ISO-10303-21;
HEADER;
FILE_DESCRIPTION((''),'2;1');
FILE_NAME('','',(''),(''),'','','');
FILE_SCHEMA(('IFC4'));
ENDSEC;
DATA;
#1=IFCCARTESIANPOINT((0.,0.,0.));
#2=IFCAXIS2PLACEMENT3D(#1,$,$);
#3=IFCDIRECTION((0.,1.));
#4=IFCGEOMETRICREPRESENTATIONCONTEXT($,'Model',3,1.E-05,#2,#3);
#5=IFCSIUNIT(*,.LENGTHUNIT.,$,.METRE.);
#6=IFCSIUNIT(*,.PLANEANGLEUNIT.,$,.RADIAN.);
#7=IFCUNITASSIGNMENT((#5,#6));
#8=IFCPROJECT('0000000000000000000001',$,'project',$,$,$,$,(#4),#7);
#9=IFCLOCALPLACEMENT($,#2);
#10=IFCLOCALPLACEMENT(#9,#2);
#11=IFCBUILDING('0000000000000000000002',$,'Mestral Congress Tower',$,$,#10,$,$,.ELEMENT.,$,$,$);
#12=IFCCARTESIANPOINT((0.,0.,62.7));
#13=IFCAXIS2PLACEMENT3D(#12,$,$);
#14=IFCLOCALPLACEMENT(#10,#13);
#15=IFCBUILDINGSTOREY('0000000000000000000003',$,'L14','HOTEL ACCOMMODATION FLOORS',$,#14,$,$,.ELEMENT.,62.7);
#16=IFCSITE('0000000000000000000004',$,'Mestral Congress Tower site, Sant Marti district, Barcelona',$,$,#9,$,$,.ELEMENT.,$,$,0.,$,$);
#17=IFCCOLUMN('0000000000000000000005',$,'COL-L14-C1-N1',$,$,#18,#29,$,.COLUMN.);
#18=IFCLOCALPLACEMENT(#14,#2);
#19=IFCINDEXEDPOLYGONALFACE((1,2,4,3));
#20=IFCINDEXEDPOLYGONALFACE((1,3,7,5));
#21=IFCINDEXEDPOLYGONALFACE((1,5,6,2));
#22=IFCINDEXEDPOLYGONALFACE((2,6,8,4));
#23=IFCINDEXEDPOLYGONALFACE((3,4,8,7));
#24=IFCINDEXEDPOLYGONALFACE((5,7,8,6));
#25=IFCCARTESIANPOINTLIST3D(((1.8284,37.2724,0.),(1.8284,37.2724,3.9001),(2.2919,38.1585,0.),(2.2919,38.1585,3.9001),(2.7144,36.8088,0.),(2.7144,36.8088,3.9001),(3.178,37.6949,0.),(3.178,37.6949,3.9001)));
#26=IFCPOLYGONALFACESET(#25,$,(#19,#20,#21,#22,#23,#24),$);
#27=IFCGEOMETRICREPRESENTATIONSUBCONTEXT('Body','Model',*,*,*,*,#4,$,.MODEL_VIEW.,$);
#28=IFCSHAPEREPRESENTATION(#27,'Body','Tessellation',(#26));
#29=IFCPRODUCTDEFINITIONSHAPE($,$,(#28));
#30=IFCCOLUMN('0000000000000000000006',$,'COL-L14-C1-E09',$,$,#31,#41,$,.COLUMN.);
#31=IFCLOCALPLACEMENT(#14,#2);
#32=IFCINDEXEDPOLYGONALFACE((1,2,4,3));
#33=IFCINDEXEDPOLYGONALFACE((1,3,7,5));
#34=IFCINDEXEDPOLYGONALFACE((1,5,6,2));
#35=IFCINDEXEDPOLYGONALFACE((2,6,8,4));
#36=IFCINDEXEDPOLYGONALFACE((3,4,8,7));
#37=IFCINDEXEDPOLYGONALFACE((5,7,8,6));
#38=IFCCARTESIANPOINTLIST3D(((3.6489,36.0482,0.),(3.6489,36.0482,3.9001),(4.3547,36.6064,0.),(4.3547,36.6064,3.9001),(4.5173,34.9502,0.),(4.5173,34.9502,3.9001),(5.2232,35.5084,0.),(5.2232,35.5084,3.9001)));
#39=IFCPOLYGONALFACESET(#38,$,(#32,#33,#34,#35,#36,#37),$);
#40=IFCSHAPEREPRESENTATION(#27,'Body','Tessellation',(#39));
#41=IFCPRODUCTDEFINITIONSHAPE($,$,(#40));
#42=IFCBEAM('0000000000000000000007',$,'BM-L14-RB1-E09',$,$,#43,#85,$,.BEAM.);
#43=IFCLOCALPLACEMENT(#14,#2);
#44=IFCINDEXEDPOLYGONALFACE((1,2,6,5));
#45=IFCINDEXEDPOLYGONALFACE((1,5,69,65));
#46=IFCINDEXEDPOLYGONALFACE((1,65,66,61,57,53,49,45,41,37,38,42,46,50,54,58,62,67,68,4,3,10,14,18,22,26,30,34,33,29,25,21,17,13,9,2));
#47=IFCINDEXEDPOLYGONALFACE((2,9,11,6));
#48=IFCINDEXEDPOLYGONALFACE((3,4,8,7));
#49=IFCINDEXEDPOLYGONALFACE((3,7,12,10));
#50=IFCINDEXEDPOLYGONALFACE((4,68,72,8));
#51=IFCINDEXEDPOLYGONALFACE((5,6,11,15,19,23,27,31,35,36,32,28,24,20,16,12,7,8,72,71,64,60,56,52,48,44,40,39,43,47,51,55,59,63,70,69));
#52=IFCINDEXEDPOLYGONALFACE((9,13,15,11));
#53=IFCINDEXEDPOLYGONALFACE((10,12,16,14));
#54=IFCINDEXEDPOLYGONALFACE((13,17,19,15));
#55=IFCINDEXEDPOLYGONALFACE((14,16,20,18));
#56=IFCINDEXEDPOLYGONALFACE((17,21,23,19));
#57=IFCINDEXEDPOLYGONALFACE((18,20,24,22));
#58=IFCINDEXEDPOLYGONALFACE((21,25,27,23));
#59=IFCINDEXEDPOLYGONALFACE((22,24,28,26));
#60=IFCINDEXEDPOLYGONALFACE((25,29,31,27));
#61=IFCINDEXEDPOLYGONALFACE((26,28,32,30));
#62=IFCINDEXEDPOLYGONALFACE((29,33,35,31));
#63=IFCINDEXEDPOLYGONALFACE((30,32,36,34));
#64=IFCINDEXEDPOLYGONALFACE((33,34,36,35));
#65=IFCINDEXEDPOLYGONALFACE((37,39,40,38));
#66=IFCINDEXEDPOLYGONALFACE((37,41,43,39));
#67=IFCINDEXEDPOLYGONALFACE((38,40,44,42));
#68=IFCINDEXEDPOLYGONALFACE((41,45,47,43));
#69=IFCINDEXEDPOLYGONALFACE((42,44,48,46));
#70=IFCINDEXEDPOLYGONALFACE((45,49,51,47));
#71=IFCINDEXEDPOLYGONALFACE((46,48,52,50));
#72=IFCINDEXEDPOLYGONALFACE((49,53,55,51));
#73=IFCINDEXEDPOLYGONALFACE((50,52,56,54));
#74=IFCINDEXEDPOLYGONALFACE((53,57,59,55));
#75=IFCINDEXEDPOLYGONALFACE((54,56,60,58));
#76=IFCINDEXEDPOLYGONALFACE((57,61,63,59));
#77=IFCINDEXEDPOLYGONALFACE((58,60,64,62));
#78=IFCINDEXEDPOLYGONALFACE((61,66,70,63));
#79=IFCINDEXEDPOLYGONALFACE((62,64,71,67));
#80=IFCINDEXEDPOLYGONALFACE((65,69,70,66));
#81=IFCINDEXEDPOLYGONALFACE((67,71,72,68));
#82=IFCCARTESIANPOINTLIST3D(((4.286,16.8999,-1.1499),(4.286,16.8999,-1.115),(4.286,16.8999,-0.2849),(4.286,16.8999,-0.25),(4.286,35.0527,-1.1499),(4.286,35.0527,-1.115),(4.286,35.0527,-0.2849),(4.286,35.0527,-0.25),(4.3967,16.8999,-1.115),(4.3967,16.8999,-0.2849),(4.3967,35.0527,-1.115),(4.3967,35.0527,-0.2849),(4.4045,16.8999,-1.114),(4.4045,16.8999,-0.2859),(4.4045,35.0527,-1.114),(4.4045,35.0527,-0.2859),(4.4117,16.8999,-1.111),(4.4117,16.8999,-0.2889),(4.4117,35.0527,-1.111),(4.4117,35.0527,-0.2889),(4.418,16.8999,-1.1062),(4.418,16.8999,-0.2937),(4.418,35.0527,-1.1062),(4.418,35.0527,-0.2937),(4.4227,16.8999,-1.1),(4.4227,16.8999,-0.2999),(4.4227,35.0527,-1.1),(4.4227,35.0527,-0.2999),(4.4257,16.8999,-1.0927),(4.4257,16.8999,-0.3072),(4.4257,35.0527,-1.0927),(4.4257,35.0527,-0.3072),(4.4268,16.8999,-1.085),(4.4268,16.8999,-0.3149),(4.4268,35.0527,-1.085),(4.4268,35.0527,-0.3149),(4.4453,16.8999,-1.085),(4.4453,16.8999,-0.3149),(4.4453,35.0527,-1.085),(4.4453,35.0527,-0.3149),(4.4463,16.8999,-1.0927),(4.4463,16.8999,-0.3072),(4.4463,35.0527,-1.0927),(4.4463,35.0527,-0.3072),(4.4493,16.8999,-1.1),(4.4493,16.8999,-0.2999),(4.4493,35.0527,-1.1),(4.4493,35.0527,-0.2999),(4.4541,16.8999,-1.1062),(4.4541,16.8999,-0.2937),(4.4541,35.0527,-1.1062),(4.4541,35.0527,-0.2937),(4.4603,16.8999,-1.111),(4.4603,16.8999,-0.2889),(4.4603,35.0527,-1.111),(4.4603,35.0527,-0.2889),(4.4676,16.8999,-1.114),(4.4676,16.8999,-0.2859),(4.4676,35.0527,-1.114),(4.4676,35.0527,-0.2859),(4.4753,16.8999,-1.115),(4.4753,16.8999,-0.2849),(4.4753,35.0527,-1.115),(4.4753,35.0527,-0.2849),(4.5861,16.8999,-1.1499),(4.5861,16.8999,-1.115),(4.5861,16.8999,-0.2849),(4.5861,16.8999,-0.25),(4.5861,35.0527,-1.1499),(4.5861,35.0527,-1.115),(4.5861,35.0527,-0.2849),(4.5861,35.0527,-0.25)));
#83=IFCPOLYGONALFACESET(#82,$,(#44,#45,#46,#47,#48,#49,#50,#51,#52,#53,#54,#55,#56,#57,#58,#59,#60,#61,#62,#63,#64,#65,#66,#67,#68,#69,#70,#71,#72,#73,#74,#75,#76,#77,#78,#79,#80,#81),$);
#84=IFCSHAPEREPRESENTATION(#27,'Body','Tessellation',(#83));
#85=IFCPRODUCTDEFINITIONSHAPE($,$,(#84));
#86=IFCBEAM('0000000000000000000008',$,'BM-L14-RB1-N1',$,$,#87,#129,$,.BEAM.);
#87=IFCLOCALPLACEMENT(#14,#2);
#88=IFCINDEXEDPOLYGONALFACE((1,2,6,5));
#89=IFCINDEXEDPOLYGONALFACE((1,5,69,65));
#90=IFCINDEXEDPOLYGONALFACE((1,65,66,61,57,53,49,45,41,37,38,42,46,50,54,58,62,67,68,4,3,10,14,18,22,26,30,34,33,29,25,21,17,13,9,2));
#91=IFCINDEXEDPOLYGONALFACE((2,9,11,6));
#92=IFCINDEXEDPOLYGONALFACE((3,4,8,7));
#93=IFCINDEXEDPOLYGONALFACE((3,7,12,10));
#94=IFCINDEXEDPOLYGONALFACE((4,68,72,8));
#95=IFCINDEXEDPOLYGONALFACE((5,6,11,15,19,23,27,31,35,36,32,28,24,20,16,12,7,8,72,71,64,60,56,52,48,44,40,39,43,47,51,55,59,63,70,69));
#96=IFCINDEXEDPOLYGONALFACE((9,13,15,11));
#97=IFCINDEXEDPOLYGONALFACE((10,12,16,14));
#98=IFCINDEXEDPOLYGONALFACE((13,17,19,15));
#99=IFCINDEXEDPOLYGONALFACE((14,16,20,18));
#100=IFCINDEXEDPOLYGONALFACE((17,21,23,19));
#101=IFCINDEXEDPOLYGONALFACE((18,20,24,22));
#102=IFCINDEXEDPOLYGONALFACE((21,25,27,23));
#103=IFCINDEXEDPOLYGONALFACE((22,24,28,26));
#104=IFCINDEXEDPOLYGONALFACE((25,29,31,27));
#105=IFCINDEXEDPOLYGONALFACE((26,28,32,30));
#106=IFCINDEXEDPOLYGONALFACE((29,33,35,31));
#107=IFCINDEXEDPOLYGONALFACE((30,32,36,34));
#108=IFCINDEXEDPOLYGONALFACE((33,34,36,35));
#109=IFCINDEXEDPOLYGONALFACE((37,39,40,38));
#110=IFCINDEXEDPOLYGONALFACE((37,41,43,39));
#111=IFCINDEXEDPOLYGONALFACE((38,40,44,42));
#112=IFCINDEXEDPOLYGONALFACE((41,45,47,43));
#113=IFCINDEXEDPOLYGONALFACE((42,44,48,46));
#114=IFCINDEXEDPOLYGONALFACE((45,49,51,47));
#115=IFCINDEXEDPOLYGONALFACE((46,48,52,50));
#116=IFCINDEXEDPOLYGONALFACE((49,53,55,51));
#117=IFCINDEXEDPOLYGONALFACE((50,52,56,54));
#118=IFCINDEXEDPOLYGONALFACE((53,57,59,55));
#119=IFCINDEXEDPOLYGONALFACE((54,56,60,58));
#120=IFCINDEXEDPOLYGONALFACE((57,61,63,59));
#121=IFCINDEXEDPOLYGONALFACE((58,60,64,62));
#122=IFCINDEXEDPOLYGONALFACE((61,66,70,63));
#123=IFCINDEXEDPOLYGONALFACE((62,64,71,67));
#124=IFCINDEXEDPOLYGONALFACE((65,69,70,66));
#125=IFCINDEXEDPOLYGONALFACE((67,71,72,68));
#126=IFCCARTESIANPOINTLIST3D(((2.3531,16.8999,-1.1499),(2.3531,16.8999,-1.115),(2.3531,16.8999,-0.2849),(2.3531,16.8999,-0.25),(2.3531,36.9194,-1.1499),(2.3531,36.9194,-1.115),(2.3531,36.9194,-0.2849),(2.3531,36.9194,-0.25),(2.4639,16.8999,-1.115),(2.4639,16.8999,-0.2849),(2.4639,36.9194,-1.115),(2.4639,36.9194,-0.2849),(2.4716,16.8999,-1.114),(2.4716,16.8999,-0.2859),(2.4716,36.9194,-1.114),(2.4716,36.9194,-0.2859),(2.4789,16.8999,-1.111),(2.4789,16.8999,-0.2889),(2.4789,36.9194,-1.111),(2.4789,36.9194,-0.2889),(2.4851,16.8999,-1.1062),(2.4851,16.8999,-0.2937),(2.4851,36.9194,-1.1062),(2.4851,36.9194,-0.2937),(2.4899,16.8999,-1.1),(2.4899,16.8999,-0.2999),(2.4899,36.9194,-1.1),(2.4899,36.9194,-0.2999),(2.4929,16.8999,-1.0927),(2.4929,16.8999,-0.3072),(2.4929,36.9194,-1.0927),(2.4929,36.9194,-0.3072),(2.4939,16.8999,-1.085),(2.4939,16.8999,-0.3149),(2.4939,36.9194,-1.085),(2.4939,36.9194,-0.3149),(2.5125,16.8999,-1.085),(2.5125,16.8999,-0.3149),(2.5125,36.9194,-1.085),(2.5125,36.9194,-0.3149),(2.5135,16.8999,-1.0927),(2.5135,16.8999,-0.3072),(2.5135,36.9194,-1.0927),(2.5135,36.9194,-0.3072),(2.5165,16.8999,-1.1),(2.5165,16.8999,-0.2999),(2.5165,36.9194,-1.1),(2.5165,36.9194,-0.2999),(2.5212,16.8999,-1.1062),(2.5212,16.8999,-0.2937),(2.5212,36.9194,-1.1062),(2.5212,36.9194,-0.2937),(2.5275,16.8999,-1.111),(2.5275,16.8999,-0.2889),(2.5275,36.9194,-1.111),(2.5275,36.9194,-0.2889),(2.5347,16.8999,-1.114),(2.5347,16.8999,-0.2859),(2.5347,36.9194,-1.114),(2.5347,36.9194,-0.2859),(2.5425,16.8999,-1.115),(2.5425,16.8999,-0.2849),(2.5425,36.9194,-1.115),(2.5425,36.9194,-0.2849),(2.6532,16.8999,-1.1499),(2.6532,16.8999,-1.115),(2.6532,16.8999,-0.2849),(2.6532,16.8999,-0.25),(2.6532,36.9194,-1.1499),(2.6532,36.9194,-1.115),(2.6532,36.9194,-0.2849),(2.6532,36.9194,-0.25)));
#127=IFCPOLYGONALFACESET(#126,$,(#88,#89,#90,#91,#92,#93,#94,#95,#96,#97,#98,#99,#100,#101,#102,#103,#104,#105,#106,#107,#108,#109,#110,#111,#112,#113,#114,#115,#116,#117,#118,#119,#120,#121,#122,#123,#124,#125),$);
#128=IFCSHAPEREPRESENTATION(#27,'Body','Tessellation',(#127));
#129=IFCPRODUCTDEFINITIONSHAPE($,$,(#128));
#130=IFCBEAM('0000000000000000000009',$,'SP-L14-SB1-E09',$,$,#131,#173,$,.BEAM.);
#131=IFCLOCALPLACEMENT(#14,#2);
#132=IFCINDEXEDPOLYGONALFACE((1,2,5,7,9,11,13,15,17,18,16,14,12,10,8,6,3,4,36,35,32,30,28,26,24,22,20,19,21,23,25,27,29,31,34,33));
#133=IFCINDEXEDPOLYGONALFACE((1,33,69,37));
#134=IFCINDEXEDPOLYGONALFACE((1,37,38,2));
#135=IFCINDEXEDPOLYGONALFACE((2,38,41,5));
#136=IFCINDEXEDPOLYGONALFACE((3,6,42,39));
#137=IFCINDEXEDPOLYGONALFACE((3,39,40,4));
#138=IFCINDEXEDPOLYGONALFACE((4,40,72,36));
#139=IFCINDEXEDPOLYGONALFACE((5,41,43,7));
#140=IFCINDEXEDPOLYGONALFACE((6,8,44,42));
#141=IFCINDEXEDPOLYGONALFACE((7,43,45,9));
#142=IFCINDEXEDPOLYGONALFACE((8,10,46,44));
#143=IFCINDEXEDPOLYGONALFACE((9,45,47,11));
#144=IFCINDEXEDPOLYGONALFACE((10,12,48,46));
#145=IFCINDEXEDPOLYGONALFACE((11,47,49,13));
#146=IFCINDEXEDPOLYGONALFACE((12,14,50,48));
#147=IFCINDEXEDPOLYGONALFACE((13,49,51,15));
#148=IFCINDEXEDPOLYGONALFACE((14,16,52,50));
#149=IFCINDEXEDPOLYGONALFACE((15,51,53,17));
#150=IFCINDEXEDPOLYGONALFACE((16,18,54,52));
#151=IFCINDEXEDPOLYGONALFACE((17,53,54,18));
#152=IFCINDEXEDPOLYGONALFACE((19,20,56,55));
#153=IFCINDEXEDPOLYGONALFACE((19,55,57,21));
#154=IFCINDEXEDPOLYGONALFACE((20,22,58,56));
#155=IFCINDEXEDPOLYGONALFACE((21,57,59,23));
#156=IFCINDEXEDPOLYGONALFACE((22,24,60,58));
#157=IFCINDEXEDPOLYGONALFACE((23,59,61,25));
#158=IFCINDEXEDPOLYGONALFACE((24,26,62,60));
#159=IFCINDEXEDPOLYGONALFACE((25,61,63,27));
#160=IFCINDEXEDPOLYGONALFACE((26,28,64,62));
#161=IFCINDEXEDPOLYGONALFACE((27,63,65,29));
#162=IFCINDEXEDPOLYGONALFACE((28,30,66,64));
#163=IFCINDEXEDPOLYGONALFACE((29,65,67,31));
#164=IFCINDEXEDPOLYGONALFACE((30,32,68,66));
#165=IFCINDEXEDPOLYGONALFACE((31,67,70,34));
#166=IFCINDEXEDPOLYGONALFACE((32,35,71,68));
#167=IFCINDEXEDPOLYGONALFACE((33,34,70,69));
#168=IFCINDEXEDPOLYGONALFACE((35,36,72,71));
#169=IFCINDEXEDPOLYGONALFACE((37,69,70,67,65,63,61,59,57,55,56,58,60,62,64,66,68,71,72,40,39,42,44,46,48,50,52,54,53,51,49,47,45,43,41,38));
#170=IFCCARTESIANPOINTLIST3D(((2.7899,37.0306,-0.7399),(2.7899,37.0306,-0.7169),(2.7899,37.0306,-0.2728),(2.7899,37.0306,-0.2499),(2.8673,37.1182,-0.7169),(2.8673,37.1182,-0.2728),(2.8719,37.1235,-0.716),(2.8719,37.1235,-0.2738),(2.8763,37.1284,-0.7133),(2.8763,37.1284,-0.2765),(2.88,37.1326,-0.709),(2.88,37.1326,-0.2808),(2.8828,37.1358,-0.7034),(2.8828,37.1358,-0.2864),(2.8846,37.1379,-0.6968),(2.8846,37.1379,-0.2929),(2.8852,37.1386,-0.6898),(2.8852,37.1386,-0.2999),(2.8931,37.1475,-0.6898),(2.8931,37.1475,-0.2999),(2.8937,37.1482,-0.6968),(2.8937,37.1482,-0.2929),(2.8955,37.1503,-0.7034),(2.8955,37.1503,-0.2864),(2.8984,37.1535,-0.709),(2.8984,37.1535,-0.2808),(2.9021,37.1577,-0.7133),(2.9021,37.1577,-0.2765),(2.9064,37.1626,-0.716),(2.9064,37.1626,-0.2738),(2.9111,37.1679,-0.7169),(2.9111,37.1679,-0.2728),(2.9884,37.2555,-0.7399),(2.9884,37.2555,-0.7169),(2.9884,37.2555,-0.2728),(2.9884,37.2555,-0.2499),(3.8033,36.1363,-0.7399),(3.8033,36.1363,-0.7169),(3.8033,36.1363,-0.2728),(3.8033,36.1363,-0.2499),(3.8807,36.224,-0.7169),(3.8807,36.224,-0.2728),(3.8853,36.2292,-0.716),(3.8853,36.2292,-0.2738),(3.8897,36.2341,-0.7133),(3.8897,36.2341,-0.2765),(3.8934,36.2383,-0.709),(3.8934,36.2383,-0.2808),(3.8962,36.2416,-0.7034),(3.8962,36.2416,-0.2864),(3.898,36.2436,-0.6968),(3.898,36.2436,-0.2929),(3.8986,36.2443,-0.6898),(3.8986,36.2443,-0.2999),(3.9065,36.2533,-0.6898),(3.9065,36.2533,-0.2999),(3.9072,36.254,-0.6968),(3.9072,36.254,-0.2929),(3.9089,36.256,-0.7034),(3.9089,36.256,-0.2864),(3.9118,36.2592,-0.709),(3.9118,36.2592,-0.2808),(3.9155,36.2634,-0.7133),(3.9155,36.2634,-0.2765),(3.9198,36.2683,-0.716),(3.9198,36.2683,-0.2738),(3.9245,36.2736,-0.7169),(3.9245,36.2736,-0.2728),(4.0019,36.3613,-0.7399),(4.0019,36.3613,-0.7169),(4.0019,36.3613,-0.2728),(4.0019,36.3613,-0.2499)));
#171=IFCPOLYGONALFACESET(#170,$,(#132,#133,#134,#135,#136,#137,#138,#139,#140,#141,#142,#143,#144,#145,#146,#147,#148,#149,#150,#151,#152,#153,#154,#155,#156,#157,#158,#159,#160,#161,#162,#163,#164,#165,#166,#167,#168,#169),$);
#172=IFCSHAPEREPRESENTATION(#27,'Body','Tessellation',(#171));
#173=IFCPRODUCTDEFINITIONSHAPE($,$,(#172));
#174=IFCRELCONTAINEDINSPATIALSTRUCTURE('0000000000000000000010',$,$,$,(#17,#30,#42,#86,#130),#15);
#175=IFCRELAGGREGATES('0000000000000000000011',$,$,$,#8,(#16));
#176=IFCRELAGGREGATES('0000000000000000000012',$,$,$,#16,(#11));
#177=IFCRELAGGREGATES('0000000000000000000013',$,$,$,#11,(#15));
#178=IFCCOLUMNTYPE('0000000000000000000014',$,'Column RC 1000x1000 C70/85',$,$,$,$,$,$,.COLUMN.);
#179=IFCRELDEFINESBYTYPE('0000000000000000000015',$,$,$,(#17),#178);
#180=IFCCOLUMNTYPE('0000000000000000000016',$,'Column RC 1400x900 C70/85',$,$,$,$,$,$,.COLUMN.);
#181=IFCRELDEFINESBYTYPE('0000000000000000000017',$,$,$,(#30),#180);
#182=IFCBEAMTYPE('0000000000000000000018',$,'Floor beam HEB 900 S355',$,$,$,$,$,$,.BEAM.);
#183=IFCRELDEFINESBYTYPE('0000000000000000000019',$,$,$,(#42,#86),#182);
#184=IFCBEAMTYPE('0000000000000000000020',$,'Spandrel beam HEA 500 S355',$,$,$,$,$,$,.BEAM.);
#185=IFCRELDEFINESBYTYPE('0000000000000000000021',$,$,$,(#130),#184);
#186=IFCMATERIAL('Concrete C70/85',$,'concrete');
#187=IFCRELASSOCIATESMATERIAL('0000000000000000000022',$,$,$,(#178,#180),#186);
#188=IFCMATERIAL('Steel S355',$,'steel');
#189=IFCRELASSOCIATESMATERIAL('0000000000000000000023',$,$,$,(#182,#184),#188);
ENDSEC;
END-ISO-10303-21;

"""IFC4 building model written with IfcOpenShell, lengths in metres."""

from ifc_helpers import new_model, si_unit, direction, frame, origin, origin_2d, place, context, subcontext, project, spatial, rectangle, i_section, extrude, material, material_profile, profile_set, type_object, element, save


model = new_model("IFC4")

# Units and contexts
model_context = context("Model", 3, precision=1e-05, world=origin(), true_north=direction((0.0, 1.0)))
body_context = subcontext(model_context, "Body", "Model", "MODEL_VIEW")
ifc_project = project(units=[si_unit("LENGTHUNIT", "METRE"), si_unit("PLANEANGLEUNIT", "RADIAN")], contexts=[model_context])

# Site, building, storey
site_placement = place(None, origin())
site = spatial("IfcSite", under=ifc_project, at=site_placement, Name="Mestral Congress Tower site, Sant Marti district, Barcelona", CompositionType="ELEMENT", RefElevation=0.0)
building_placement = place(site_placement, origin())
building = spatial("IfcBuilding", under=site, at=building_placement, Name="Mestral Congress Tower", CompositionType="ELEMENT")
storey_placement = place(building_placement, frame((0.0, 0.0, 62.7)))
storey = spatial("IfcBuildingStorey", under=building, at=storey_placement, Name="L14", Description="HOTEL ACCOMMODATION FLOORS", CompositionType="ELEMENT", Elevation=62.7)

# Columns
ifc_material_1 = material(Name="Concrete C70/85", Category="concrete")
ifc_material_profile_1 = material_profile(ifc_material_1, rectangle(XDim=1.0, YDim=1.0, at=origin_2d()), Name="RC 1000x1000")
ifc_profile_set_1 = profile_set([ifc_material_profile_1], Name="Concrete C70/85")
column_type_1 = type_object("IfcColumnType", Name="Column RC 1000x1000 C70/85", PredefinedType="COLUMN", material=ifc_profile_set_1)
column_1_placement = place(storey_placement, frame((2.5032, 37.4836, 0.0), z_axis=(0.0, 0.0, 1.0), x_axis=(-0.886068, 0.463556, 0.0)))
element("IfcColumn", 1, at=column_1_placement, inside=storey, type_object=column_type_1, Name="COL-L14-C1-N1", PredefinedType="COLUMN", context=body_context, shape_type="SweptSolid", body=[
    extrude(rectangle(XDim=1.0, YDim=1.0, at=origin_2d()), origin(), (0.0, 0.0, 1.0), 3.9001),
])
ifc_material_profile_2 = material_profile(ifc_material_1, rectangle(XDim=1.3999, YDim=0.8999, at=origin_2d()), Name="RC 1400x900")
ifc_profile_set_2 = profile_set([ifc_material_profile_2], Name="Concrete C70/85")
column_type_2 = type_object("IfcColumnType", Name="Column RC 1400x900 C70/85", PredefinedType="COLUMN", material=ifc_profile_set_2)
column_2_placement = place(storey_placement, frame((4.436, 35.7783, 0.0), z_axis=(0.0, 0.0, 1.0), x_axis=(-0.620334, 0.784338, 0.0)))
element("IfcColumn", 2, at=column_2_placement, inside=storey, type_object=column_type_2, Name="COL-L14-C1-E09", PredefinedType="COLUMN", context=body_context, shape_type="SweptSolid", body=[
    extrude(rectangle(XDim=1.3999, YDim=0.8999, at=origin_2d()), origin(), (0.0, 0.0, 1.0), 3.9001),
])

# Beams
ifc_material_2 = material(Name="Steel S355", Category="steel")
ifc_material_profile_3 = material_profile(ifc_material_2, i_section(OverallWidth=0.3, OverallDepth=0.8999, WebThickness=0.0186, FlangeThickness=0.0349, FilletRadius=0.03, at=origin_2d()), Name="HEB 900")
ifc_profile_set_3 = profile_set([ifc_material_profile_3], Name="Steel S355")
beam_type_1 = type_object("IfcBeamType", Name="Floor beam HEB 900 S355", PredefinedType="BEAM", material=ifc_profile_set_3)
beam_1_placement = place(storey_placement, frame((4.436, 35.0527, -0.7), z_axis=(0.0, -1.0, 0.0), x_axis=(1.0, 0.0, 0.0)))
element("IfcBeam", 3, at=beam_1_placement, inside=storey, type_object=beam_type_1, Name="BM-L14-RB1-E09", PredefinedType="BEAM", context=body_context, shape_type="SweptSolid", body=[
    extrude(i_section(OverallWidth=0.3, OverallDepth=0.8999, WebThickness=0.0186, FlangeThickness=0.0349, FilletRadius=0.03, at=origin_2d()), origin(), (0.0, 0.0, 1.0), 18.1528),
])
beam_2_placement = place(storey_placement, frame((2.5032, 36.9194, -0.7), z_axis=(0.0, -1.0, 0.0), x_axis=(1.0, 0.0, 0.0)))
element("IfcBeam", 4, at=beam_2_placement, inside=storey, type_object=beam_type_1, Name="BM-L14-RB1-N1", PredefinedType="BEAM", context=body_context, shape_type="SweptSolid", body=[
    extrude(i_section(OverallWidth=0.3, OverallDepth=0.8999, WebThickness=0.0186, FlangeThickness=0.0349, FilletRadius=0.03, at=origin_2d()), origin(), (0.0, 0.0, 1.0), 20.0195),
])
ifc_material_profile_4 = material_profile(ifc_material_2, i_section(OverallWidth=0.3, OverallDepth=0.49, WebThickness=0.012, FlangeThickness=0.0229, FilletRadius=0.0271, at=origin_2d()), Name="HEA 500")
ifc_profile_set_4 = profile_set([ifc_material_profile_4], Name="Steel S355")
beam_type_2 = type_object("IfcBeamType", Name="Spandrel beam HEA 500 S355", PredefinedType="BEAM", material=ifc_profile_set_4)
beam_3_placement = place(storey_placement, frame((3.9026, 36.2488, -0.4949), z_axis=(-0.749806, 0.661657, 0.0), x_axis=(-0.661657, -0.749806, 0.0)))
element("IfcBeam", 5, at=beam_3_placement, inside=storey, type_object=beam_type_2, Name="SP-L14-SB1-E09", PredefinedType="BEAM", context=body_context, shape_type="SweptSolid", body=[
    extrude(i_section(OverallWidth=0.3, OverallDepth=0.49, WebThickness=0.012, FlangeThickness=0.0229, FilletRadius=0.0271, at=origin_2d()), origin(), (0.0, 0.0, 1.0), 1.3516),
])

save(model, "model.ifc")
